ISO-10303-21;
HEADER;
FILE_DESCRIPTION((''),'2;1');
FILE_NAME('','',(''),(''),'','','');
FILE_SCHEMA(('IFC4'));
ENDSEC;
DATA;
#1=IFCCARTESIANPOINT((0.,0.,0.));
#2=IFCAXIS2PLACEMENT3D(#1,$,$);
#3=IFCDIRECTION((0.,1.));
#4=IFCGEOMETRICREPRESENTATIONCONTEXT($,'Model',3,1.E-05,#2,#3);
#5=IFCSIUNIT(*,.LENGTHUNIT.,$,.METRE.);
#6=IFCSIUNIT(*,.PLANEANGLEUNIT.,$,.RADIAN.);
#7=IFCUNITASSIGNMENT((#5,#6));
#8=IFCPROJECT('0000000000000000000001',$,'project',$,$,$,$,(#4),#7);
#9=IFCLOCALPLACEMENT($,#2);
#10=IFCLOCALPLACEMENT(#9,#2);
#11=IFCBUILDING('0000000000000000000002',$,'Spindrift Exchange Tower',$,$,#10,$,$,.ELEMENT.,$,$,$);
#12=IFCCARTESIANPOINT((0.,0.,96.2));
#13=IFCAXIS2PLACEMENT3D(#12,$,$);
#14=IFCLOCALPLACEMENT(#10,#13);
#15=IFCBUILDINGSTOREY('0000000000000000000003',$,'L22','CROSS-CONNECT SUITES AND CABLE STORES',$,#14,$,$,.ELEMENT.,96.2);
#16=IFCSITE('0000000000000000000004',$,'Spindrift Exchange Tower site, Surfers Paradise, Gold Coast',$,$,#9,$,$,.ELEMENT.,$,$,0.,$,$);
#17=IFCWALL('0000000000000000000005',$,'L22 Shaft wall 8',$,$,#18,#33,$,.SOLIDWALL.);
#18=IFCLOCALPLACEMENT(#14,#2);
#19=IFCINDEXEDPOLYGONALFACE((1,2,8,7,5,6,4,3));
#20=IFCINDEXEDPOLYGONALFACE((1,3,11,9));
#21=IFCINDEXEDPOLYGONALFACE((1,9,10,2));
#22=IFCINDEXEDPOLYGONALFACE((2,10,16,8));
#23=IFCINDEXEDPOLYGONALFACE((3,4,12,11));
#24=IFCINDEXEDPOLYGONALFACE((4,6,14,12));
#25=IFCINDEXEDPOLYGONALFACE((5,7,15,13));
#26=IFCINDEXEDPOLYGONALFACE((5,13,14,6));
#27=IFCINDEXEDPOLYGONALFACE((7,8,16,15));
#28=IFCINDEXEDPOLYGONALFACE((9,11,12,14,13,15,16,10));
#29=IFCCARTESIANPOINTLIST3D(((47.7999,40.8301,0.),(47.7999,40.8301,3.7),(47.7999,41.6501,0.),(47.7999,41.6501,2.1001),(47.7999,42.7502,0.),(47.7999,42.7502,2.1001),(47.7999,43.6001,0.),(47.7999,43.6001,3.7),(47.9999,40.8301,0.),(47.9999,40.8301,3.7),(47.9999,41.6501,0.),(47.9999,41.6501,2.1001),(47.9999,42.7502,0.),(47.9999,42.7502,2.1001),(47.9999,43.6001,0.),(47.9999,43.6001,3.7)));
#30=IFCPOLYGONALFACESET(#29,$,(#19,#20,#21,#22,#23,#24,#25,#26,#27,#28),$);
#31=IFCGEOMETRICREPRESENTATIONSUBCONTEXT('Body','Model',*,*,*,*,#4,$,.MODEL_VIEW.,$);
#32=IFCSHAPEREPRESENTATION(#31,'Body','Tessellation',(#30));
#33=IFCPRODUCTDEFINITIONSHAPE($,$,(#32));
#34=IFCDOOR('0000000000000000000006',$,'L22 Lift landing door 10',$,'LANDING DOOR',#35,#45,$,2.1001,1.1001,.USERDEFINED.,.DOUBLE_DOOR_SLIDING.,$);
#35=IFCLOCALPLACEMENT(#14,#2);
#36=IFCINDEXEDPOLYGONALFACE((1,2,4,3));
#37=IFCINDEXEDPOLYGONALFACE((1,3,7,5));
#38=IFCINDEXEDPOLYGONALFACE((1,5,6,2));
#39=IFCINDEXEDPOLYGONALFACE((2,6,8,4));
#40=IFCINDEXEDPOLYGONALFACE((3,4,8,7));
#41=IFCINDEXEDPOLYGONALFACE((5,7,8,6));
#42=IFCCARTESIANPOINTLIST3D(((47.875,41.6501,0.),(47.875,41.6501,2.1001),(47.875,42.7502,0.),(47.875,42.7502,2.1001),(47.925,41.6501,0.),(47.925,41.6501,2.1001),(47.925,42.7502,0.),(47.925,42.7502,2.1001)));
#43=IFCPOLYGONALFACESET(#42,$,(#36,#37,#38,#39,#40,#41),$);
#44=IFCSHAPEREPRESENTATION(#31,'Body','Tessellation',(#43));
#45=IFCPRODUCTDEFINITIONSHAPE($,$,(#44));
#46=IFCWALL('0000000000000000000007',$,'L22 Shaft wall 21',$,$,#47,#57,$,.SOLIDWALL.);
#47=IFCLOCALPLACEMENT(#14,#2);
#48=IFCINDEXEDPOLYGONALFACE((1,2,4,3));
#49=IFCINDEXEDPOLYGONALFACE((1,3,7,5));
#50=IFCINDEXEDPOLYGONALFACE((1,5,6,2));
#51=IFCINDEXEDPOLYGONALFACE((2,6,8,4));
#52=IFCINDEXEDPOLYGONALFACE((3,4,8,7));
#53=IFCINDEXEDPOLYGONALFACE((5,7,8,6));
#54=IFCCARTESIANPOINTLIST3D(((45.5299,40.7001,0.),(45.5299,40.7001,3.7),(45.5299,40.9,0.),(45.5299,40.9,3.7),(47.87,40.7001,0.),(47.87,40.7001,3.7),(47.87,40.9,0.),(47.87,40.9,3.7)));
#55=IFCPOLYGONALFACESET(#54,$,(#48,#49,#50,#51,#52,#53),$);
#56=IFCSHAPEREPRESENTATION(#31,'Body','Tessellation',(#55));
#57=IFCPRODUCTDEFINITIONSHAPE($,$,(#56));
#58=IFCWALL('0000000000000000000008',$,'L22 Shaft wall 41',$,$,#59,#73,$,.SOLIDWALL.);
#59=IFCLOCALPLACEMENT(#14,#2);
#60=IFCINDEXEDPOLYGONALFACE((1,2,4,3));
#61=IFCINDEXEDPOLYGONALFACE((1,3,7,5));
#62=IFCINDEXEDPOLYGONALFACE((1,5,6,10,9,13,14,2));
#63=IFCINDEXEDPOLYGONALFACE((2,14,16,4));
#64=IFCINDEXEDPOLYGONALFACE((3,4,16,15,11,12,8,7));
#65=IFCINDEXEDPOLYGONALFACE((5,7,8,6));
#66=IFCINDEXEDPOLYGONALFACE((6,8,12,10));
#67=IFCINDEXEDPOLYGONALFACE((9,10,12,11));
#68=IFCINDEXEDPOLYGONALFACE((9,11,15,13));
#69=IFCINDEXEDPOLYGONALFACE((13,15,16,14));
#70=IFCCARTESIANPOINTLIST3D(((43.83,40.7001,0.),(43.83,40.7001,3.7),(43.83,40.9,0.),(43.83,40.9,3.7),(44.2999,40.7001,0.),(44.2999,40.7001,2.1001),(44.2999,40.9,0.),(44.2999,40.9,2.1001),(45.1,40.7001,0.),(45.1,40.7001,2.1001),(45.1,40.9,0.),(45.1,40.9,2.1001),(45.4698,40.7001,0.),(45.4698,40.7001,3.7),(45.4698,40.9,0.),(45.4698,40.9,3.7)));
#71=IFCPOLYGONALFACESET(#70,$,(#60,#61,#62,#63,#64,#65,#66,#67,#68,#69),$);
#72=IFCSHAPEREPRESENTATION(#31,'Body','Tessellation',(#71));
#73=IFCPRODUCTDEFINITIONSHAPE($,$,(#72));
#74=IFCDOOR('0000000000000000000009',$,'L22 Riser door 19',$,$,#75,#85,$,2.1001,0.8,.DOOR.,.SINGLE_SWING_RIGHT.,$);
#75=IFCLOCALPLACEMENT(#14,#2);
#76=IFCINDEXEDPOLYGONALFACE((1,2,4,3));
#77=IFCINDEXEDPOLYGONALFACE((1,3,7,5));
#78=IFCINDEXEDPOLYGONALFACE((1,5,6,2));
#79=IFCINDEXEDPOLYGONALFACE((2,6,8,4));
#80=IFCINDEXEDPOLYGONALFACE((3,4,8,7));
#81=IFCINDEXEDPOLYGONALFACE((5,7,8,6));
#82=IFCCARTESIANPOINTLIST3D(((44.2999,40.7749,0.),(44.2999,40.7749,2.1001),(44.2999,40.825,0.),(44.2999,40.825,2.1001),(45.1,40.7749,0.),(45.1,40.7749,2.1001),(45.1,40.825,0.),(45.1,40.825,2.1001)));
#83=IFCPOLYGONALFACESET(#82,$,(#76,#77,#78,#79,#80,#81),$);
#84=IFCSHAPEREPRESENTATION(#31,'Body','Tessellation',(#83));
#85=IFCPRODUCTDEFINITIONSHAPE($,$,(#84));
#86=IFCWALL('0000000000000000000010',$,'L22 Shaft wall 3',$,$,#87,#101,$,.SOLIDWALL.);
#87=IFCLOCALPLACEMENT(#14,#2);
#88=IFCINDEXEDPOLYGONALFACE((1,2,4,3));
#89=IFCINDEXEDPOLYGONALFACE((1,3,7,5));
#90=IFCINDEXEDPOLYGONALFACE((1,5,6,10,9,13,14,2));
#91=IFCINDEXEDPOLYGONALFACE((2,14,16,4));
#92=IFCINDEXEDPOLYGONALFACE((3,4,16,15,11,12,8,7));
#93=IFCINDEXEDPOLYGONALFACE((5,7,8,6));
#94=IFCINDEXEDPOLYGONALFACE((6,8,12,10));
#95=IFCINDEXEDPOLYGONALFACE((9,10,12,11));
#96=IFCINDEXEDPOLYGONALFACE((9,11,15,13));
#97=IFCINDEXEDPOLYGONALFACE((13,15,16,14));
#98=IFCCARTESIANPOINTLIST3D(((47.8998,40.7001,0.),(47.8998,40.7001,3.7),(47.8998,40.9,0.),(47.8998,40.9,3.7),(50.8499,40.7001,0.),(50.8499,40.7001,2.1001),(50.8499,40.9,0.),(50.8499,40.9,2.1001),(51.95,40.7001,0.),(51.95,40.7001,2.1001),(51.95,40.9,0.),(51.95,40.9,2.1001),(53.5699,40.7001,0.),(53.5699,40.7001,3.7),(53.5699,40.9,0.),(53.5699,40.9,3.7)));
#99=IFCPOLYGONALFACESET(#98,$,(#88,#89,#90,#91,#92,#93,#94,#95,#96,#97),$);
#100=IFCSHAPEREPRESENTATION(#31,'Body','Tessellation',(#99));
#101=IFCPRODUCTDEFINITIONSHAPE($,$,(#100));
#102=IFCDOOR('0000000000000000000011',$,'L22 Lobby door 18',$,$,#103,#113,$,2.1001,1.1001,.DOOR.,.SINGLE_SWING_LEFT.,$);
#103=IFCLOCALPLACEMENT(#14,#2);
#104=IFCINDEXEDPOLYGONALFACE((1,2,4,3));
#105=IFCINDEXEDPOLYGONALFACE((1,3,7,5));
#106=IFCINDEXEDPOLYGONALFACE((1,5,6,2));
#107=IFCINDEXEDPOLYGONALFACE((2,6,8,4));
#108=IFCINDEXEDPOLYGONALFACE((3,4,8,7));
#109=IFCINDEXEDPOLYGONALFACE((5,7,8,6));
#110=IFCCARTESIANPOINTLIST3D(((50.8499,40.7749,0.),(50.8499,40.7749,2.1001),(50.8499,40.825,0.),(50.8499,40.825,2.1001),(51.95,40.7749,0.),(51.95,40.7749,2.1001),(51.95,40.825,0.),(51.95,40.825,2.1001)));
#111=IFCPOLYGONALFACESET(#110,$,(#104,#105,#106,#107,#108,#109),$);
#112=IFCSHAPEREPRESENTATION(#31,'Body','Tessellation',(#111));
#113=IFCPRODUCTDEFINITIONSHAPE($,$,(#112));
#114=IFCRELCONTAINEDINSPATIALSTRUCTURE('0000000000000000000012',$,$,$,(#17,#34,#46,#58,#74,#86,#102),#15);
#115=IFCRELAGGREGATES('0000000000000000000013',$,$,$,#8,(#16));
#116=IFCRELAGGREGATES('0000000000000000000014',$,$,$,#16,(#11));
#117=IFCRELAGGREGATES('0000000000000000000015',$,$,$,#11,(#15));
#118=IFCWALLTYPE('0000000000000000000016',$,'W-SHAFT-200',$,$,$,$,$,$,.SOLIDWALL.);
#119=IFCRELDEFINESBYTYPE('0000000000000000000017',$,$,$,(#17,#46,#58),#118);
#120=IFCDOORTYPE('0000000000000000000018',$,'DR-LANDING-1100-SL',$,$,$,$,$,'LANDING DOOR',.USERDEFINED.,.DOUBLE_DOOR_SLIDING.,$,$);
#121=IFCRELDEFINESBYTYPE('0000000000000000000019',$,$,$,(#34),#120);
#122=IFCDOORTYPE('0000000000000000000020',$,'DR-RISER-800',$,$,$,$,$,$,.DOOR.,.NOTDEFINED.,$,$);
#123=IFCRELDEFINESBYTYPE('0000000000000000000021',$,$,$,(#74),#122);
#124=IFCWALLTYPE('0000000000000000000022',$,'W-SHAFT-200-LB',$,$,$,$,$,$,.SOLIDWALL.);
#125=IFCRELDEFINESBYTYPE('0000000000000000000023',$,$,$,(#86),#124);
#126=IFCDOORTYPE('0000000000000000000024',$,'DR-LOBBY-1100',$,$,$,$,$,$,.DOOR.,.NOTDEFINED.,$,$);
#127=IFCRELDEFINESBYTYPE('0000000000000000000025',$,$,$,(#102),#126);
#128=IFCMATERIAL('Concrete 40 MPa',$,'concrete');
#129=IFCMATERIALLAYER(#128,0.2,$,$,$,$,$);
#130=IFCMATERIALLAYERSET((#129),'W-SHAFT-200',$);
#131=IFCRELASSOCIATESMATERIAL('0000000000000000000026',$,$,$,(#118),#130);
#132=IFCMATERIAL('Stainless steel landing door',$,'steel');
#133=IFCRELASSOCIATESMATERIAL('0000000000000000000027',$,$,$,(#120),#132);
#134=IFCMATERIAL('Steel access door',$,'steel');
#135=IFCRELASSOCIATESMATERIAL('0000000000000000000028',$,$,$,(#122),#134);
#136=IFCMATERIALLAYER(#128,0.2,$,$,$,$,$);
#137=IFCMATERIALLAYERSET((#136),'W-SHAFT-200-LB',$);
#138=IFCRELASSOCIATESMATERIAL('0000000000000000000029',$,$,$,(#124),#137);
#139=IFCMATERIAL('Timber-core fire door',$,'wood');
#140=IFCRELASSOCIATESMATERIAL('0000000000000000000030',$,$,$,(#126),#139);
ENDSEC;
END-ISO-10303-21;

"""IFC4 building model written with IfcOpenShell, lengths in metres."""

from ifc_helpers import new_model, si_unit, direction, frame, frame_2d, origin, place, context, subcontext, project, spatial, rectangle, extrude, source, transform, mapped, material, layer, layer_set, type_object, element, fill, save


model = new_model("IFC4")

# Units and contexts
model_context = context("Model", 3, precision=1e-05, world=origin(), true_north=direction((0.0, 1.0)))
body_context = subcontext(model_context, "Body", "Model", "MODEL_VIEW")
ifc_project = project(units=[si_unit("LENGTHUNIT", "METRE"), si_unit("PLANEANGLEUNIT", "RADIAN")], contexts=[model_context])

# Site, building, storey
site_placement = place(None, origin())
site = spatial("IfcSite", under=ifc_project, at=site_placement, Name="Spindrift Exchange Tower site, Surfers Paradise, Gold Coast", CompositionType="ELEMENT", RefElevation=0.0)
building_placement = place(site_placement, origin())
building = spatial("IfcBuilding", under=site, at=building_placement, Name="Spindrift Exchange Tower", CompositionType="ELEMENT")
storey_placement = place(building_placement, frame((0.0, 0.0, 96.2)))
storey = spatial("IfcBuildingStorey", under=building, at=storey_placement, Name="L22", Description="CROSS-CONNECT SUITES AND CABLE STORES", CompositionType="ELEMENT", Elevation=96.2)

# Shared definitions
ifc_material_1 = material(Name="Steel access door", Category="steel")

# Wall, opening, door
ifc_material_2 = material(Name="Concrete 40 MPa", Category="concrete")
ifc_layer_1 = layer(ifc_material_2, 0.2)
ifc_layer_set_1 = layer_set([ifc_layer_1], Name="W-SHAFT-200")
wall_type_1 = type_object("IfcWallType", Name="W-SHAFT-200", PredefinedType="SOLIDWALL", material=ifc_layer_set_1)
wall_1_placement = place(storey_placement, frame((47.8999, 40.8301, 0.0), z_axis=(0.0, 0.0, 1.0), x_axis=(0.0, 1.0, 0.0)))
wall_1 = element("IfcWall", 1, at=wall_1_placement, inside=storey, type_object=wall_type_1, Name="L22 Shaft wall 8", PredefinedType="SOLIDWALL", context=body_context, shape_type="SweptSolid", body=[
    extrude(rectangle(XDim=2.77, YDim=0.2, at=frame_2d((1.385, 0.0))), origin(), (0.0, 0.0, 1.0), 3.7),
])
opening_1_placement = place(wall_1_placement, frame((0.8201, 0.0, 0.0)))
opening_1 = element("IfcOpeningElement", 2, at=opening_1_placement, cuts=wall_1, PredefinedType="OPENING", context=body_context, shape_type="SweptSolid", body=[
    extrude(rectangle(XDim=1.1001, YDim=2.1001, at=frame_2d((0.55, 1.05))), frame((0.0, 0.1099, 0.0), z_axis=(0.0, -1.0, 0.0), x_axis=(1.0, 0.0, 0.0)), (0.0, 0.0, 1.0), 0.22),
])
ifc_material_3 = material(Name="Stainless steel landing door", Category="steel")
door_type_1 = type_object("IfcDoorType", Name="DR-LANDING-1100-SL", ElementType="LANDING DOOR", OperationType="DOUBLE_DOOR_SLIDING", PredefinedType="USERDEFINED", material=ifc_material_3)
shared_shape_1 = source(origin(), body_context, "Body", "SweptSolid", [
    extrude(rectangle(XDim=1.1001, YDim=2.1001, at=frame_2d((0.55, 1.05))), frame((0.0, 0.0249, 0.0), z_axis=(0.0, -1.0, 0.0), x_axis=(1.0, 0.0, 0.0)), (0.0, 0.0, 1.0), 0.05),
])
door_1_placement = place(opening_1_placement, origin())
door_1 = element("IfcDoor", 3, at=door_1_placement, inside=storey, type_object=door_type_1, Name="L22 Lift landing door 10", ObjectType="LANDING DOOR", OperationType="DOUBLE_DOOR_SLIDING", OverallHeight=2.1001, OverallWidth=1.1001, PredefinedType="USERDEFINED", context=body_context, shape_type="MappedRepresentation", body=[
    mapped(shared_shape_1, transform((0.0, 0.0, 0.0), scale=1.0)),
])
fill(opening_1, door_1)

# Wall
wall_2_placement = place(storey_placement, frame((45.53, 40.8, 0.0), z_axis=(0.0, 0.0, 1.0), x_axis=(1.0, 0.0, 0.0)))
element("IfcWall", 4, at=wall_2_placement, inside=storey, type_object=wall_type_1, Name="L22 Shaft wall 21", PredefinedType="SOLIDWALL", context=body_context, shape_type="SweptSolid", body=[
    extrude(rectangle(XDim=2.3401, YDim=0.2, at=frame_2d((1.1699, 0.0))), origin(), (0.0, 0.0, 1.0), 3.7),
])

# Walls, openings, doors
wall_3_placement = place(storey_placement, frame((43.8301, 40.8, 0.0), z_axis=(0.0, 0.0, 1.0), x_axis=(1.0, 0.0, 0.0)))
wall_3 = element("IfcWall", 5, at=wall_3_placement, inside=storey, type_object=wall_type_1, Name="L22 Shaft wall 41", PredefinedType="SOLIDWALL", context=body_context, shape_type="SweptSolid", body=[
    extrude(rectangle(XDim=1.6399, YDim=0.2, at=frame_2d((0.8198, 0.0))), origin(), (0.0, 0.0, 1.0), 3.7),
])
opening_2_placement = place(wall_3_placement, frame((0.47, 0.0, 0.0)))
opening_2 = element("IfcOpeningElement", 6, at=opening_2_placement, cuts=wall_3, PredefinedType="OPENING", context=body_context, shape_type="SweptSolid", body=[
    extrude(rectangle(XDim=0.8, YDim=2.1001, at=frame_2d((0.3999, 1.05))), frame((0.0, 0.1099, 0.0), z_axis=(0.0, -1.0, 0.0), x_axis=(1.0, 0.0, 0.0)), (0.0, 0.0, 1.0), 0.22),
])
door_type_2 = type_object("IfcDoorType", Name="DR-RISER-800", OperationType="NOTDEFINED", PredefinedType="DOOR", material=ifc_material_1)
shared_shape_2 = source(origin(), body_context, "Body", "SweptSolid", [
    extrude(rectangle(XDim=0.8, YDim=2.1001, at=frame_2d((0.3999, 1.05))), frame((0.0, 0.0249, 0.0), z_axis=(0.0, -1.0, 0.0), x_axis=(1.0, 0.0, 0.0)), (0.0, 0.0, 1.0), 0.05),
])
door_2_placement = place(opening_2_placement, origin())
door_2 = element("IfcDoor", 7, at=door_2_placement, inside=storey, type_object=door_type_2, Name="L22 Riser door 19", OperationType="SINGLE_SWING_RIGHT", OverallHeight=2.1001, OverallWidth=0.8, PredefinedType="DOOR", context=body_context, shape_type="MappedRepresentation", body=[
    mapped(shared_shape_2, transform((0.0, 0.0, 0.0), scale=1.0)),
])
fill(opening_2, door_2)
ifc_layer_2 = layer(ifc_material_2, 0.2)
ifc_layer_set_2 = layer_set([ifc_layer_2], Name="W-SHAFT-200-LB")
wall_type_2 = type_object("IfcWallType", Name="W-SHAFT-200-LB", PredefinedType="SOLIDWALL", material=ifc_layer_set_2)
wall_4_placement = place(storey_placement, frame((47.8999, 40.8, 0.0), z_axis=(0.0, 0.0, 1.0), x_axis=(1.0, 0.0, 0.0)))
wall_4 = element("IfcWall", 8, at=wall_4_placement, inside=storey, type_object=wall_type_2, Name="L22 Shaft wall 3", PredefinedType="SOLIDWALL", context=body_context, shape_type="SweptSolid", body=[
    extrude(rectangle(XDim=5.6702, YDim=0.2, at=frame_2d((2.835, 0.0))), origin(), (0.0, 0.0, 1.0), 3.7),
])
opening_3_placement = place(wall_4_placement, frame((2.95, 0.0, 0.0)))
opening_3 = element("IfcOpeningElement", 9, at=opening_3_placement, cuts=wall_4, PredefinedType="OPENING", context=body_context, shape_type="SweptSolid", body=[
    extrude(rectangle(XDim=1.1001, YDim=2.1001, at=frame_2d((0.55, 1.05))), frame((0.0, 0.1099, 0.0), z_axis=(0.0, -1.0, 0.0), x_axis=(1.0, 0.0, 0.0)), (0.0, 0.0, 1.0), 0.22),
])
ifc_material_4 = material(Name="Timber-core fire door", Category="wood")
door_type_3 = type_object("IfcDoorType", Name="DR-LOBBY-1100", OperationType="NOTDEFINED", PredefinedType="DOOR", material=ifc_material_4)
shared_shape_3 = source(origin(), body_context, "Body", "SweptSolid", [
    extrude(rectangle(XDim=1.1001, YDim=2.1001, at=frame_2d((0.55, 1.05))), frame((0.0, 0.0249, 0.0), z_axis=(0.0, -1.0, 0.0), x_axis=(1.0, 0.0, 0.0)), (0.0, 0.0, 1.0), 0.05),
])
door_3_placement = place(opening_3_placement, origin())
door_3 = element("IfcDoor", 10, at=door_3_placement, inside=storey, type_object=door_type_3, Name="L22 Lobby door 18", OperationType="SINGLE_SWING_LEFT", OverallHeight=2.1001, OverallWidth=1.1001, PredefinedType="DOOR", context=body_context, shape_type="MappedRepresentation", body=[
    mapped(shared_shape_3, transform((0.0, 0.0, 0.0), scale=1.0)),
])
fill(opening_3, door_3)

save(model, "model.ifc")
